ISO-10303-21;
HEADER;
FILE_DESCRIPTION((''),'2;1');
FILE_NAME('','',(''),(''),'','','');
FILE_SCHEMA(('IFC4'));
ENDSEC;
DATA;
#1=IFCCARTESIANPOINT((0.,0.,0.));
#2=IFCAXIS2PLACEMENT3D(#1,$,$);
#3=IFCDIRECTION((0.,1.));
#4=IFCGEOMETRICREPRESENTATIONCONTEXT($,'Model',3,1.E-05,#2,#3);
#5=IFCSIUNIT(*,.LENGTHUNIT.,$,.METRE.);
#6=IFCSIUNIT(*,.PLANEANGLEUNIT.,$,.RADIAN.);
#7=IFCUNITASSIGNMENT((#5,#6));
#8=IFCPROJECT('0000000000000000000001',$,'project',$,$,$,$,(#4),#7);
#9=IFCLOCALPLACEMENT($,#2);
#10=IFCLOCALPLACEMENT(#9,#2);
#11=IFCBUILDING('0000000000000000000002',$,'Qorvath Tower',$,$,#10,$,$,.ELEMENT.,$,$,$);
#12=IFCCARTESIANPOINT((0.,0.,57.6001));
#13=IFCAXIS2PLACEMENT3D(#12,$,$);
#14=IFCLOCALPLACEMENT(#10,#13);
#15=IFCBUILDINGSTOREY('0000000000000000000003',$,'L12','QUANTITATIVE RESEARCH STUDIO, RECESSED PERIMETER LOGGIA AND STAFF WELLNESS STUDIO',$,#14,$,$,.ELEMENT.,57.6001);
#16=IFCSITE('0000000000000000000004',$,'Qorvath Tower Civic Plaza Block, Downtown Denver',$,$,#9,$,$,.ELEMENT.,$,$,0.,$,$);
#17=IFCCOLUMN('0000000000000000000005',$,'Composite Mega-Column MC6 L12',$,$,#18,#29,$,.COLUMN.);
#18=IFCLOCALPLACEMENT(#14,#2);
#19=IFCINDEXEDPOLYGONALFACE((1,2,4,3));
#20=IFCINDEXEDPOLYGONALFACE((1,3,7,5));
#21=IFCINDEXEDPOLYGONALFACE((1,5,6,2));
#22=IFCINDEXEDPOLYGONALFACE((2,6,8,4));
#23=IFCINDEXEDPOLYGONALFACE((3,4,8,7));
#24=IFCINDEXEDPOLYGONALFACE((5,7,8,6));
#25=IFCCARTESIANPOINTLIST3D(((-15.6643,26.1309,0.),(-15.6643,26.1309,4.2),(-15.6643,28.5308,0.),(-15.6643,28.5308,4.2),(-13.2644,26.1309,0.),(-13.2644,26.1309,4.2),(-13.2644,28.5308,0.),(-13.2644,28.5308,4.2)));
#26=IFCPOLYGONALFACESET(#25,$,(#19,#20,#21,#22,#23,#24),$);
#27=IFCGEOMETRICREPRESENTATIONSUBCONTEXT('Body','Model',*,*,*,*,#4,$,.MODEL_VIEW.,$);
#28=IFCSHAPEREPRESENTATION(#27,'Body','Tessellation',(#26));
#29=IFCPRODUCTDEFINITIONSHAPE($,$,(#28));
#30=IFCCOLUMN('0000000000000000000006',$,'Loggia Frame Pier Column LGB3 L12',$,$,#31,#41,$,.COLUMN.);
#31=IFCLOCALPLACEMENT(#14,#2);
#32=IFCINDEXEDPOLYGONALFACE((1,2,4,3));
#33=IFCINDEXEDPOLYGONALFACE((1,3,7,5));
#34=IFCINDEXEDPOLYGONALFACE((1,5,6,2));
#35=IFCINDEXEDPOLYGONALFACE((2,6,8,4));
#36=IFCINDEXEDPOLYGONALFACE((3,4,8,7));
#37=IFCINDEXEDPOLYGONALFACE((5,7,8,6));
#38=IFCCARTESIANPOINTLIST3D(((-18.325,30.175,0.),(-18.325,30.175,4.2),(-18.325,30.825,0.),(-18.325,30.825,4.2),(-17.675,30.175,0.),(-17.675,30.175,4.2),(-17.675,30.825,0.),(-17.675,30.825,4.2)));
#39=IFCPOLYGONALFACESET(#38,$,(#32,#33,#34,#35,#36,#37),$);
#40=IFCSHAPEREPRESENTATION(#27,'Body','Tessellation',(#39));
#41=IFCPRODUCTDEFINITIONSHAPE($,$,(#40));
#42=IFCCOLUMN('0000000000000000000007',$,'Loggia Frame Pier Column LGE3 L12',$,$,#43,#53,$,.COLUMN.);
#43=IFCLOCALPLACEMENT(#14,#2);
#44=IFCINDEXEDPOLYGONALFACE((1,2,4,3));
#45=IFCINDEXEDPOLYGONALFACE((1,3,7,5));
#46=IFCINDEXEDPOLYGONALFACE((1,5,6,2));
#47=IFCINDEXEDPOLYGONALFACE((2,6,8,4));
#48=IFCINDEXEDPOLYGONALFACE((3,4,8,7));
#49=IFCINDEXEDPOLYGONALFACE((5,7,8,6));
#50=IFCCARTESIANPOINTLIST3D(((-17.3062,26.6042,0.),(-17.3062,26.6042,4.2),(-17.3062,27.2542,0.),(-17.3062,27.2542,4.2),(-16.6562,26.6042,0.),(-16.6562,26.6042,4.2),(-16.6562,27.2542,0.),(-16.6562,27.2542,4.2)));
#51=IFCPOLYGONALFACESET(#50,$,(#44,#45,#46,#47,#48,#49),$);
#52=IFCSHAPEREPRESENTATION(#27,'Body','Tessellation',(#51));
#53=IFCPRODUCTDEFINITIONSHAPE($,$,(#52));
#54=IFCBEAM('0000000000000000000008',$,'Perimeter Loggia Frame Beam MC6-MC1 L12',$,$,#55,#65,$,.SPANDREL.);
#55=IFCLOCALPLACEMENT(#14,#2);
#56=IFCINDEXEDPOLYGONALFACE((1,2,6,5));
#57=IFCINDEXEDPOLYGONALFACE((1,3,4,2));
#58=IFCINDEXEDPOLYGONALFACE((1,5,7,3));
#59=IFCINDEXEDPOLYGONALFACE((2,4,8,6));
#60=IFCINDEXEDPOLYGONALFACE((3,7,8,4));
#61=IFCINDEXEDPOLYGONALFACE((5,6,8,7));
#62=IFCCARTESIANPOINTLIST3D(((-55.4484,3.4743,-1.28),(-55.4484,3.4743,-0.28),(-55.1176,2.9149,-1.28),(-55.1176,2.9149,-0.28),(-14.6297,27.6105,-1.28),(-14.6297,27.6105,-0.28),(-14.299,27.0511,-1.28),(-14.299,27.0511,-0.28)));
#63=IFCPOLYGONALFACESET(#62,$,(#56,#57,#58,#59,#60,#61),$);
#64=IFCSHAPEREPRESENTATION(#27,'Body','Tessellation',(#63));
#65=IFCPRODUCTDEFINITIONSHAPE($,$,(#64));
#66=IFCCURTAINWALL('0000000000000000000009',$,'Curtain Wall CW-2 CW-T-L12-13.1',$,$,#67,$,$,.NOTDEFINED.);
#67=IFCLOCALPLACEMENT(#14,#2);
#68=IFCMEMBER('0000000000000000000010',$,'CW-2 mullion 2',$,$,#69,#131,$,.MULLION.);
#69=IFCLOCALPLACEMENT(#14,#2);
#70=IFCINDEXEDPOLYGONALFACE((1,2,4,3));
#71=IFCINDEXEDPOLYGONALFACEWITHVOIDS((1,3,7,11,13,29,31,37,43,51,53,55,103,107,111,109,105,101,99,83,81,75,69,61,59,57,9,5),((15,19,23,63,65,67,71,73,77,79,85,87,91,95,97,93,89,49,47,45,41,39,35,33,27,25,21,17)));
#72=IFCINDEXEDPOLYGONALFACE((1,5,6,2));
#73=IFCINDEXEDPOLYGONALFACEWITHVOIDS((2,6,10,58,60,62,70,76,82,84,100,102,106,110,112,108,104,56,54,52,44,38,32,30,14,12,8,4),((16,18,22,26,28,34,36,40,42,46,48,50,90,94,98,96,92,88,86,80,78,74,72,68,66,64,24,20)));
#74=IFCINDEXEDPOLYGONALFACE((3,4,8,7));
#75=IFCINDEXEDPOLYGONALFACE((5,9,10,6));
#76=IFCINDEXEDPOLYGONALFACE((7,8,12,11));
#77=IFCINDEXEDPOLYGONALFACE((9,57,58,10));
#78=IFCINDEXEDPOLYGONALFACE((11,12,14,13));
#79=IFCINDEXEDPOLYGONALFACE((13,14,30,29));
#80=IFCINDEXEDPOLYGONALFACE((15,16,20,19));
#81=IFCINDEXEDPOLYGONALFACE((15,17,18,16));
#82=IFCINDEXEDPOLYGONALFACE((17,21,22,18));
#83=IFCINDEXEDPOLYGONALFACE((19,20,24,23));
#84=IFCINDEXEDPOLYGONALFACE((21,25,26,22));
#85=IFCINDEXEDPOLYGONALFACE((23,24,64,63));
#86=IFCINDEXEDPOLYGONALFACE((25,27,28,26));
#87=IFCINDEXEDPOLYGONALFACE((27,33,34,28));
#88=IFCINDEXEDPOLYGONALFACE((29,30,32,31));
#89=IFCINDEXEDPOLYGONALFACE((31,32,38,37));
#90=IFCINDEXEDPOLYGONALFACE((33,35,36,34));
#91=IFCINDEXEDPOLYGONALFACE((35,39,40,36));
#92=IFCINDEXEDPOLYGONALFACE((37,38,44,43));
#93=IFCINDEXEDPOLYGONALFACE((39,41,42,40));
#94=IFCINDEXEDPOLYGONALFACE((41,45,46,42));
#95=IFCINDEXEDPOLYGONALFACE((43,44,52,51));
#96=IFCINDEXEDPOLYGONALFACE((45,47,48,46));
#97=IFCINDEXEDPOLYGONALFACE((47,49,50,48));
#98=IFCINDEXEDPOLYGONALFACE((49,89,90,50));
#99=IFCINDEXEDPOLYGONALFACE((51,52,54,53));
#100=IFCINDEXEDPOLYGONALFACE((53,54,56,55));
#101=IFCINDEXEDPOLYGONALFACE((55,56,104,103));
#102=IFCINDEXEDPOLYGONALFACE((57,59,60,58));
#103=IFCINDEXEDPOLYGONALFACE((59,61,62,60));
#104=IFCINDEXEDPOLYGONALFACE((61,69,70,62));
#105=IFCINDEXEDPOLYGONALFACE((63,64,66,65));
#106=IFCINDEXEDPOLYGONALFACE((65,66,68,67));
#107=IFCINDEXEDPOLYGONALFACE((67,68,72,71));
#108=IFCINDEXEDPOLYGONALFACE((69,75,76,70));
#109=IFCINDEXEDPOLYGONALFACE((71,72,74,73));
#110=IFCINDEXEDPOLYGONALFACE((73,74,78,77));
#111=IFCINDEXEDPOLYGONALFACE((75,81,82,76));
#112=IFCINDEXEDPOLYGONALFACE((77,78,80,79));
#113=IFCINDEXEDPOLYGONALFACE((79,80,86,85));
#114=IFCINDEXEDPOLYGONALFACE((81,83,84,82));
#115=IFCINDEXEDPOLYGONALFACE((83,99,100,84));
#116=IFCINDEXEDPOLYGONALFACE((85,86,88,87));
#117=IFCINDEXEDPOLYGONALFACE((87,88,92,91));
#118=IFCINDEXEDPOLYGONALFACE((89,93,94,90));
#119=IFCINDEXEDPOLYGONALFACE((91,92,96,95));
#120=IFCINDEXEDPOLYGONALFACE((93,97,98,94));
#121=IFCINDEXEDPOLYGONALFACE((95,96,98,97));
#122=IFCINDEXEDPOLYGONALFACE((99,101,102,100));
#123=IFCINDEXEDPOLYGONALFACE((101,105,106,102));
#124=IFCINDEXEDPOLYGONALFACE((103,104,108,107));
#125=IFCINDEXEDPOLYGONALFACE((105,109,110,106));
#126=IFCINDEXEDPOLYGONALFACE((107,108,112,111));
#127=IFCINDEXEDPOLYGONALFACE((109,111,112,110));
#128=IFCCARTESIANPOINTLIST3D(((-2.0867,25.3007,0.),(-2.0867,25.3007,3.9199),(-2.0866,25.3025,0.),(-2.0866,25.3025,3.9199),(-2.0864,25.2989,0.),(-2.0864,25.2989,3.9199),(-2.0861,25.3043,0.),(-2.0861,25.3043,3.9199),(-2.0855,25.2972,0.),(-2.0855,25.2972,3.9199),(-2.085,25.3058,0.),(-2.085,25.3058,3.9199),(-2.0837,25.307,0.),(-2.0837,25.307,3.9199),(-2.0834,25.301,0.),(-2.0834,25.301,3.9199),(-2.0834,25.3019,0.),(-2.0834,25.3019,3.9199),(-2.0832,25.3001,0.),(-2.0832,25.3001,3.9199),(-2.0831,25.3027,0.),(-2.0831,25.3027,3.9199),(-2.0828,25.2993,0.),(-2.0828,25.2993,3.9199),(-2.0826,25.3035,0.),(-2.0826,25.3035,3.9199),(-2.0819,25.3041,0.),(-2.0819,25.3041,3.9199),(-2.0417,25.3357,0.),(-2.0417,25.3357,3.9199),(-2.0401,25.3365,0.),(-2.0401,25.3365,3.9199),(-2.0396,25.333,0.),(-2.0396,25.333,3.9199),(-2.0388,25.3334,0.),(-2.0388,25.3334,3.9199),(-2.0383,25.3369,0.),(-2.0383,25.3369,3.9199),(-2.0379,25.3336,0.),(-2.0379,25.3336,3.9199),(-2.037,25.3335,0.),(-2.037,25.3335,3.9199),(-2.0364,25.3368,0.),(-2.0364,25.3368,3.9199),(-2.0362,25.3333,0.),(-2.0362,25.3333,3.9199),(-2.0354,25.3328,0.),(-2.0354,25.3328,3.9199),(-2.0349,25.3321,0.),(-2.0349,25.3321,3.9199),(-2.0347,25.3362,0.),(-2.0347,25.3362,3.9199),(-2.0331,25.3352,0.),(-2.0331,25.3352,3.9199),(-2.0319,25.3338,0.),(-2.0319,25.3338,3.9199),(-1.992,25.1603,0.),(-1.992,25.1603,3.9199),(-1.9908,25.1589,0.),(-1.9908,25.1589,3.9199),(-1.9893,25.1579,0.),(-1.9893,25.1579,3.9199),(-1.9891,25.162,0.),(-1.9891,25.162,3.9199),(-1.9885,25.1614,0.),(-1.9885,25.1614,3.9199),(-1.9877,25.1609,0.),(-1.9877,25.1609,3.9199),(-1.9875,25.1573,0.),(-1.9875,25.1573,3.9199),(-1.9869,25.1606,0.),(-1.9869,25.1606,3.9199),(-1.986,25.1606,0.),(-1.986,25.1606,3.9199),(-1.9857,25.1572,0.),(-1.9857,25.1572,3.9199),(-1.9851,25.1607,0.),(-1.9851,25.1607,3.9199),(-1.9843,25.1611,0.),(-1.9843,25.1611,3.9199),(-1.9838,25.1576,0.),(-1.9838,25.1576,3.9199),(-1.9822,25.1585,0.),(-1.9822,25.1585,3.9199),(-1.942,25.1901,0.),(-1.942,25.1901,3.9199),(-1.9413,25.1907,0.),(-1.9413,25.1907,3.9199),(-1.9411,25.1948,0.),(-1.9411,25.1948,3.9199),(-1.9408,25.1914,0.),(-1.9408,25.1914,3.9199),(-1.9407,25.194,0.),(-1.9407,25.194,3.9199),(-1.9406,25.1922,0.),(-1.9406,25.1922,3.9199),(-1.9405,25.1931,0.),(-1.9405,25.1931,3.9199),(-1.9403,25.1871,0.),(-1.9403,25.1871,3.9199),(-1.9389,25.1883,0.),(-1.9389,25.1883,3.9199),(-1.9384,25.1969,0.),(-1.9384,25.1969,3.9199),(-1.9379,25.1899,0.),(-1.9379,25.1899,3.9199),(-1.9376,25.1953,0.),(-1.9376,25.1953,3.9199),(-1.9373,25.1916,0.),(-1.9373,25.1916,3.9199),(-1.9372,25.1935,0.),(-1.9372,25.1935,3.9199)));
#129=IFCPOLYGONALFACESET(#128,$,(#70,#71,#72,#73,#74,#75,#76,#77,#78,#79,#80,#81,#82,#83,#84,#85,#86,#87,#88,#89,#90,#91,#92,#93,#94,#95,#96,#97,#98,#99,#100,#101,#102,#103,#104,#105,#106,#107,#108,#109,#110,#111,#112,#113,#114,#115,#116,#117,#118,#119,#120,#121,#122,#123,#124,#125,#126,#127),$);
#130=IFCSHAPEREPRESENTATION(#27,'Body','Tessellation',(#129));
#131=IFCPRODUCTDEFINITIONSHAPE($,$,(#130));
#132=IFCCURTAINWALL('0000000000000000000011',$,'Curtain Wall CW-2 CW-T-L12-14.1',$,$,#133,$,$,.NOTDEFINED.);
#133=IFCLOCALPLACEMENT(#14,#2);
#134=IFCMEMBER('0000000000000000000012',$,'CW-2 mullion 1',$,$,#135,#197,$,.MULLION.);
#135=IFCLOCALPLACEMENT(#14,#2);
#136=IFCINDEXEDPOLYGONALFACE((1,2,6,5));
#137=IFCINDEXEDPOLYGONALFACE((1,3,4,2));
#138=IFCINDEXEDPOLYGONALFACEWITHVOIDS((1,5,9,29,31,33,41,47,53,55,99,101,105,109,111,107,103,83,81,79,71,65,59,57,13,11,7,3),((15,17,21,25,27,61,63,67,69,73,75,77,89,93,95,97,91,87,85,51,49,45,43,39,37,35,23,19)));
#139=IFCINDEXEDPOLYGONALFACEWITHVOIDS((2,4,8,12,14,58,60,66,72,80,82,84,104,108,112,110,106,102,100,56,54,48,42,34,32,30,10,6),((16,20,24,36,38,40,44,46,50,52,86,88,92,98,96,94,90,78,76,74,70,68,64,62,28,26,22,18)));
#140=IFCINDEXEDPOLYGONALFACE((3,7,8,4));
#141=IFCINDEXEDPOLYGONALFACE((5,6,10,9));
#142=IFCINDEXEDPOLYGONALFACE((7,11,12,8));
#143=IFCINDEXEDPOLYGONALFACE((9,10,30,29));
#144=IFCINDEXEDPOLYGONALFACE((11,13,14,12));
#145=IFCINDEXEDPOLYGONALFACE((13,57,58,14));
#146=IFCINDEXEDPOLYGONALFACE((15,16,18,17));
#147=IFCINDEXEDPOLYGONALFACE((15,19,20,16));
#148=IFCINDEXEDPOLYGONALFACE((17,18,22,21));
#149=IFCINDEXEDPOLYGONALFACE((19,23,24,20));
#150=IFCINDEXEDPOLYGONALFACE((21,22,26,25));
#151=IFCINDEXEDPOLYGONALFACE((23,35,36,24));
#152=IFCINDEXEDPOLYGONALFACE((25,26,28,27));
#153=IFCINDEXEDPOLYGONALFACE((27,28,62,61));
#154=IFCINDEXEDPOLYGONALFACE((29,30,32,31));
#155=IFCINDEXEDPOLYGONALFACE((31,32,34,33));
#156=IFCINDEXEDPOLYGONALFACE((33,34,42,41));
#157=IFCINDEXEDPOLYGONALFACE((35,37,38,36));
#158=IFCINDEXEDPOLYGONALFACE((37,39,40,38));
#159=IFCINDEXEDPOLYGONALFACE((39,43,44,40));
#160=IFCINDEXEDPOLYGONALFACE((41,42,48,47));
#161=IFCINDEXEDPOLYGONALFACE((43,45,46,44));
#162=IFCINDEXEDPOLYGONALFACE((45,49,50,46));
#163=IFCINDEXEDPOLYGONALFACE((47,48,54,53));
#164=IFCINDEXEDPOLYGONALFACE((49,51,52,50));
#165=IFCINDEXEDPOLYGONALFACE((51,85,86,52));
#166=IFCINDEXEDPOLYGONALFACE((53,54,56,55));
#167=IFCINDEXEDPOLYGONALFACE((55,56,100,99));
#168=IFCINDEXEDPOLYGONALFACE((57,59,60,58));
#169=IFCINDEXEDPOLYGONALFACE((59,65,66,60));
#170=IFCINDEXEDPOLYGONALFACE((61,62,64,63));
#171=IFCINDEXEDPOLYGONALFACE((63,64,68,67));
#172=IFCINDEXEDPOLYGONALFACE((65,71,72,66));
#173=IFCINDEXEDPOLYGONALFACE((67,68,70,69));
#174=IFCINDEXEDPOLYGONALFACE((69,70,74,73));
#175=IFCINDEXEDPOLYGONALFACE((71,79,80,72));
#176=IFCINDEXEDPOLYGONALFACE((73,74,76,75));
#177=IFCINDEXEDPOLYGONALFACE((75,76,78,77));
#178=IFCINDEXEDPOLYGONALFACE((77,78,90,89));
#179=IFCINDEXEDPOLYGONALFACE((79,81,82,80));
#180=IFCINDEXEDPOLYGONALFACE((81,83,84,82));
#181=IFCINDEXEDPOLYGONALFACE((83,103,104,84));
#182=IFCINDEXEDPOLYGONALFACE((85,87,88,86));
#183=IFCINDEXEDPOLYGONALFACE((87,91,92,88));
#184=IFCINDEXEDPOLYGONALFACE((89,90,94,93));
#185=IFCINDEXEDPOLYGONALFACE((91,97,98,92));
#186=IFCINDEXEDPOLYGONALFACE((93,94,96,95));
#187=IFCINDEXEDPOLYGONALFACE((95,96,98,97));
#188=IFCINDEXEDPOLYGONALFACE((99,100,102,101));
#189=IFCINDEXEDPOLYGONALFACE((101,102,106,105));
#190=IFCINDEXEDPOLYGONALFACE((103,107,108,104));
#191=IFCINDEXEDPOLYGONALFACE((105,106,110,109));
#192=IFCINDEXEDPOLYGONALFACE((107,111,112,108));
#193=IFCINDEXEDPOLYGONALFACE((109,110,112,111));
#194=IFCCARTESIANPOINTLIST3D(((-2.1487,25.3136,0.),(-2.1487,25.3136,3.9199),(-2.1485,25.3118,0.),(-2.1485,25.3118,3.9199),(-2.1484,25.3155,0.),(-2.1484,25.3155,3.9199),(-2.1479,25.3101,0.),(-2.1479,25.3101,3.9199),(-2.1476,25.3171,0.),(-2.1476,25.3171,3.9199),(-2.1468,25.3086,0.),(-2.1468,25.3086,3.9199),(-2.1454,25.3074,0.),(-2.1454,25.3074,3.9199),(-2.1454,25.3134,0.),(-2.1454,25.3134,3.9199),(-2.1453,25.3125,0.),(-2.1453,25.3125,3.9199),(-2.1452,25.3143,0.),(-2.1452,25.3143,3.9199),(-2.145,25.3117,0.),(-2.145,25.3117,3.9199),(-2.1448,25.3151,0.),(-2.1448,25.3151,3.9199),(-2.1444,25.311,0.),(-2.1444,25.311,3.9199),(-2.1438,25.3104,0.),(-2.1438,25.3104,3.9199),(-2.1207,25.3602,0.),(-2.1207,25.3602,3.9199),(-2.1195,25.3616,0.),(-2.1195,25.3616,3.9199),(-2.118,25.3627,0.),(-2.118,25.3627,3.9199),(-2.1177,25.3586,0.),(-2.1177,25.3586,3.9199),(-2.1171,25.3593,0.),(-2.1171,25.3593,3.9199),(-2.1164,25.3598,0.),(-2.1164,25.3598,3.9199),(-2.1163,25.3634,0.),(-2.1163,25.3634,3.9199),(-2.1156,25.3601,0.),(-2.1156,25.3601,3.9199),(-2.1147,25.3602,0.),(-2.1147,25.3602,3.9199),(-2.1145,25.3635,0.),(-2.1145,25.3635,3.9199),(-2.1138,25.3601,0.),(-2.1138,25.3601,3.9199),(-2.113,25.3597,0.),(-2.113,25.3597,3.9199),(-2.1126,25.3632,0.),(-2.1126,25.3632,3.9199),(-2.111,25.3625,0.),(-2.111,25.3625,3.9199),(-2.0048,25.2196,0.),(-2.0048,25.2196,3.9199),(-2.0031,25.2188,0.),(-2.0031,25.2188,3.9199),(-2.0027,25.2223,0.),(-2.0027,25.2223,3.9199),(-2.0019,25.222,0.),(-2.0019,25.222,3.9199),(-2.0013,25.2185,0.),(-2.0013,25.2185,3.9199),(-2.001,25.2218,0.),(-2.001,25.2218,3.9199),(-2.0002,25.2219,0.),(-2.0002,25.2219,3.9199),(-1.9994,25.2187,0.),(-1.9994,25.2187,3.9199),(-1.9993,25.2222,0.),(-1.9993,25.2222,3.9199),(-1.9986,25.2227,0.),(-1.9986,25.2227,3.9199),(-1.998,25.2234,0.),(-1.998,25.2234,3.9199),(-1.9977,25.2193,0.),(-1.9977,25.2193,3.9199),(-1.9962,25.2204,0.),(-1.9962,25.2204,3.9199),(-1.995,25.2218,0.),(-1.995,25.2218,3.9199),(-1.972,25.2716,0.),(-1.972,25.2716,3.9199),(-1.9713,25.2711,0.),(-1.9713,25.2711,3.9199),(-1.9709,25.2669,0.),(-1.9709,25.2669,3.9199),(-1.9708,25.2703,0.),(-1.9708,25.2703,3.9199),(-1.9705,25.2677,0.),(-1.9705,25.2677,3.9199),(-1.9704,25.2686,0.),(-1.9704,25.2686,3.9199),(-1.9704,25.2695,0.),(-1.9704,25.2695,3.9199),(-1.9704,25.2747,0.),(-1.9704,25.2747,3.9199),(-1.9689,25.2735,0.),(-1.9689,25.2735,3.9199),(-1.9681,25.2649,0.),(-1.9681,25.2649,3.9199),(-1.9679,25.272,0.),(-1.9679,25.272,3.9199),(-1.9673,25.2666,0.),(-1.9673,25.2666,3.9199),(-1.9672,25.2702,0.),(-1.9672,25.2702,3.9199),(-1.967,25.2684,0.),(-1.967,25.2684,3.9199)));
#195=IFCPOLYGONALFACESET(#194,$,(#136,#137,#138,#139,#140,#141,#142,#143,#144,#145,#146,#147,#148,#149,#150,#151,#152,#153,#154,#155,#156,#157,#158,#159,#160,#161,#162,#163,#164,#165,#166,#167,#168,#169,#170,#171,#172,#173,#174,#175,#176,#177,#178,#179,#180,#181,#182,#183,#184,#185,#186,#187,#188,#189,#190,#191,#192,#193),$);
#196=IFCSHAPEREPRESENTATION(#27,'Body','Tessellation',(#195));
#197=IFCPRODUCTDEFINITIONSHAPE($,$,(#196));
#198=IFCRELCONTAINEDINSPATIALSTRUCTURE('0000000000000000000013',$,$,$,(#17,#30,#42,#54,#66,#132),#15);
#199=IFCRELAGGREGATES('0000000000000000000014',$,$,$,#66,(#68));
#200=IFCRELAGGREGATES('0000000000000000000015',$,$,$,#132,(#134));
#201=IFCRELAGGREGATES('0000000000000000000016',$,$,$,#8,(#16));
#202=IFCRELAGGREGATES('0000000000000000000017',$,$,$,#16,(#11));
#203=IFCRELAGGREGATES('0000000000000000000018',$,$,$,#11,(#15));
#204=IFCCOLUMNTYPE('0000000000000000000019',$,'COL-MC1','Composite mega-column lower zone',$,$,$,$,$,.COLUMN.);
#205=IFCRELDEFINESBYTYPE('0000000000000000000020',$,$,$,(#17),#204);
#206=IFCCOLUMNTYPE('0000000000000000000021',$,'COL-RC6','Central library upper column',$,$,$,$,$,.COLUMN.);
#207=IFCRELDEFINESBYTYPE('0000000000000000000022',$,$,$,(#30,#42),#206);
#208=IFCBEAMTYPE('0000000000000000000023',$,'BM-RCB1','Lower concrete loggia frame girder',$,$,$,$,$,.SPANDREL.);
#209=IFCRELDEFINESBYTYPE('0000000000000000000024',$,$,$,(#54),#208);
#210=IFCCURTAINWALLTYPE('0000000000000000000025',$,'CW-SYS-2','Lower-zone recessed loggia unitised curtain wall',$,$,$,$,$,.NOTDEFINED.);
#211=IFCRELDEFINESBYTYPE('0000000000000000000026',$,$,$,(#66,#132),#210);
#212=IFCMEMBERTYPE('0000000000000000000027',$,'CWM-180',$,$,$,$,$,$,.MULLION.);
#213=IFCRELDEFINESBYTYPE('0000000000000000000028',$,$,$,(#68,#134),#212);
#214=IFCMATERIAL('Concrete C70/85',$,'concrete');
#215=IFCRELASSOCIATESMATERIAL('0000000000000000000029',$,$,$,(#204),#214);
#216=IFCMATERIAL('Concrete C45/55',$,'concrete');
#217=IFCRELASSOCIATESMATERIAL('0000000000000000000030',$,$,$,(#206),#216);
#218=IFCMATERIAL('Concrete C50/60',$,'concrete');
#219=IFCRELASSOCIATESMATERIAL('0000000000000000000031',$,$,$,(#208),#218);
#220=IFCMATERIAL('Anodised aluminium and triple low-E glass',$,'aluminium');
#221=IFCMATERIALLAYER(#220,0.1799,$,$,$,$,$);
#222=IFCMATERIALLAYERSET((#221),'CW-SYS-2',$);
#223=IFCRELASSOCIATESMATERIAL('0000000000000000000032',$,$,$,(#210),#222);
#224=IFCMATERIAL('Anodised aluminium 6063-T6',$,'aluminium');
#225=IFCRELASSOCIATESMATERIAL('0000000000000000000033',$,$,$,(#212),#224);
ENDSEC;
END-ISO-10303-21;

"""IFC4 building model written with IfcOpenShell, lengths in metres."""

from ifc_helpers import new_model, si_unit, direction, frame, origin, origin_2d, place, context, subcontext, project, spatial, rectangle, hollow_rectangle, extrude, material, layer, layer_set, material_profile, profile_set, type_object, element, aggregate, save


model = new_model("IFC4")

# Units and contexts
model_context = context("Model", 3, precision=1e-05, world=origin(), true_north=direction((0.0, 1.0)))
body_context = subcontext(model_context, "Body", "Model", "MODEL_VIEW")
ifc_project = project(units=[si_unit("LENGTHUNIT", "METRE"), si_unit("PLANEANGLEUNIT", "RADIAN")], contexts=[model_context])

# Site, building, storey
site_placement = place(None, origin())
site = spatial("IfcSite", under=ifc_project, at=site_placement, Name="Qorvath Tower Civic Plaza Block, Downtown Denver", CompositionType="ELEMENT", RefElevation=0.0)
building_placement = place(site_placement, origin())
building = spatial("IfcBuilding", under=site, at=building_placement, Name="Qorvath Tower", CompositionType="ELEMENT")
storey_placement = place(building_placement, frame((0.0, 0.0, 57.6001)))
storey = spatial("IfcBuildingStorey", under=building, at=storey_placement, Name="L12", Description="QUANTITATIVE RESEARCH STUDIO, RECESSED PERIMETER LOGGIA AND STAFF WELLNESS STUDIO", CompositionType="ELEMENT", Elevation=57.6001)

# Columns
ifc_material_1 = material(Name="Concrete C70/85", Category="concrete")
ifc_material_profile_1 = material_profile(ifc_material_1, rectangle(XDim=2.3999, YDim=2.3999, at=origin_2d()), Name="MC 2400x2400")
ifc_profile_set_1 = profile_set([ifc_material_profile_1], Name="Concrete C70/85")
column_type_1 = type_object("IfcColumnType", Name="COL-MC1", Description="Composite mega-column lower zone", PredefinedType="COLUMN", material=ifc_profile_set_1)
column_placement = place(storey_placement, frame((-14.4644, 27.3308, 0.0), z_axis=(0.0, 0.0, 1.0), x_axis=(1.0, 0.0, 0.0)))
element("IfcColumn", 1, at=column_placement, inside=storey, type_object=column_type_1, Name="Composite Mega-Column MC6 L12", PredefinedType="COLUMN", context=body_context, shape_type="SweptSolid", body=[
    extrude(rectangle(XDim=2.3999, YDim=2.3999, at=origin_2d()), origin(), (0.0, 0.0, 1.0), 4.2),
])
ifc_material_2 = material(Name="Concrete C45/55", Category="concrete")
ifc_material_profile_2 = material_profile(ifc_material_2, rectangle(XDim=0.6499, YDim=0.6499, at=origin_2d()), Name="RC 650x650")
ifc_profile_set_2 = profile_set([ifc_material_profile_2], Name="Concrete C45/55")
column_type_2 = type_object("IfcColumnType", Name="COL-RC6", Description="Central library upper column", PredefinedType="COLUMN", material=ifc_profile_set_2)
for number, where, z_axis, x_axis, name in (
    (2, (-18.0, 30.5, 0.0), (0.0, 0.0, 1.0), (1.0, 0.0, 0.0), "Loggia Frame Pier Column LGB3 L12"),
    (3, (-16.9812, 26.9292, 0.0), (0.0, 0.0, 1.0), (1.0, 0.0, 0.0), "Loggia Frame Pier Column LGE3 L12"),
):
    element("IfcColumn", number, at=place(storey_placement, frame(where, z_axis=z_axis, x_axis=x_axis)), inside=storey, type_object=column_type_2, Name=name, PredefinedType="COLUMN", context=body_context, shape_type="SweptSolid", body=[
        extrude(rectangle(XDim=0.6499, YDim=0.6499, at=origin_2d()), origin(), (0.0, 0.0, 1.0), 4.2),
    ])

# Beam
ifc_material_3 = material(Name="Concrete C50/60", Category="concrete")
ifc_material_profile_3 = material_profile(ifc_material_3, rectangle(XDim=0.6499, YDim=1.0, at=origin_2d()), Name="RCB 1000x650")
ifc_profile_set_3 = profile_set([ifc_material_profile_3], Name="Concrete C50/60")
beam_type = type_object("IfcBeamType", Name="BM-RCB1", Description="Lower concrete loggia frame girder", PredefinedType="SPANDREL", material=ifc_profile_set_3)
beam_placement = place(storey_placement, frame((-14.4644, 27.3308, -0.78), z_axis=(-0.860777, -0.508982, 0.0), x_axis=(0.508982, -0.860777, 0.0)))
element("IfcBeam", 4, at=beam_placement, inside=storey, type_object=beam_type, Name="Perimeter Loggia Frame Beam MC6-MC1 L12", PredefinedType="SPANDREL", context=body_context, shape_type="SweptSolid", body=[
    extrude(rectangle(XDim=0.6499, YDim=1.0, at=origin_2d()), origin(), (0.0, 0.0, 1.0), 47.4207),
])

# Curtain wall, member
ifc_material_4 = material(Name="Anodised aluminium and triple low-E glass", Category="aluminium")
ifc_layer_1 = layer(ifc_material_4, 0.1799)
ifc_layer_set_1 = layer_set([ifc_layer_1], Name="CW-SYS-2")
curtain_wall_type = type_object("IfcCurtainWallType", Name="CW-SYS-2", Description="Lower-zone recessed loggia unitised curtain wall", PredefinedType="NOTDEFINED", material=ifc_layer_set_1)
curtain_wall_1_placement = place(storey_placement, origin())
curtain_wall_1 = element("IfcCurtainWall", 5, at=curtain_wall_1_placement, inside=storey, type_object=curtain_wall_type, Name="Curtain Wall CW-2 CW-T-L12-13.1", PredefinedType="NOTDEFINED")
ifc_material_5 = material(Name="Anodised aluminium 6063-T6", Category="aluminium")
ifc_material_profile_4 = material_profile(ifc_material_5, hollow_rectangle(XDim=0.0649, YDim=0.1799, WallThickness=0.0034, InnerFilletRadius=0.0034, OuterFilletRadius=0.0071, at=origin_2d()), Name="CWM 180x65")
ifc_profile_set_4 = profile_set([ifc_material_profile_4], Name="Anodised aluminium 6063-T6")
member_type_1 = type_object("IfcMemberType", Name="CWM-180", PredefinedType="MULLION", material=ifc_profile_set_4)
member_1_placement = place(storey_placement, frame((-2.012, 25.2471, 0.0), z_axis=(0.0, 0.0, 1.0), x_axis=(-0.825809, -0.56395, 0.0)))
member_1 = element("IfcMember", 6, at=member_1_placement, type_object=member_type_1, Name="CW-2 mullion 2", PredefinedType="MULLION", context=body_context, shape_type="SweptSolid", body=[
    extrude(hollow_rectangle(XDim=0.0649, YDim=0.1799, WallThickness=0.0034, InnerFilletRadius=0.0034, OuterFilletRadius=0.0071, at=origin_2d()), origin(), (0.0, 0.0, 1.0), 3.9199),
])
aggregate(curtain_wall_1, [member_1])

# Curtain wall, member
curtain_wall_2_placement = place(storey_placement, origin())
curtain_wall_2 = element("IfcCurtainWall", 7, at=curtain_wall_2_placement, inside=storey, type_object=curtain_wall_type, Name="Curtain Wall CW-2 CW-T-L12-14.1", PredefinedType="NOTDEFINED")
member_2_placement = place(storey_placement, frame((-2.0579, 25.291, 0.0), z_axis=(0.0, 0.0, 1.0), x_axis=(-0.529692, -0.84819, 0.0)))
member_2 = element("IfcMember", 8, at=member_2_placement, type_object=member_type_1, Name="CW-2 mullion 1", PredefinedType="MULLION", context=body_context, shape_type="SweptSolid", body=[
    extrude(hollow_rectangle(XDim=0.0649, YDim=0.1799, WallThickness=0.0034, InnerFilletRadius=0.0034, OuterFilletRadius=0.0071, at=origin_2d()), origin(), (0.0, 0.0, 1.0), 3.9199),
])

aggregate(curtain_wall_2, [member_2])

save(model, "model.ifc")
